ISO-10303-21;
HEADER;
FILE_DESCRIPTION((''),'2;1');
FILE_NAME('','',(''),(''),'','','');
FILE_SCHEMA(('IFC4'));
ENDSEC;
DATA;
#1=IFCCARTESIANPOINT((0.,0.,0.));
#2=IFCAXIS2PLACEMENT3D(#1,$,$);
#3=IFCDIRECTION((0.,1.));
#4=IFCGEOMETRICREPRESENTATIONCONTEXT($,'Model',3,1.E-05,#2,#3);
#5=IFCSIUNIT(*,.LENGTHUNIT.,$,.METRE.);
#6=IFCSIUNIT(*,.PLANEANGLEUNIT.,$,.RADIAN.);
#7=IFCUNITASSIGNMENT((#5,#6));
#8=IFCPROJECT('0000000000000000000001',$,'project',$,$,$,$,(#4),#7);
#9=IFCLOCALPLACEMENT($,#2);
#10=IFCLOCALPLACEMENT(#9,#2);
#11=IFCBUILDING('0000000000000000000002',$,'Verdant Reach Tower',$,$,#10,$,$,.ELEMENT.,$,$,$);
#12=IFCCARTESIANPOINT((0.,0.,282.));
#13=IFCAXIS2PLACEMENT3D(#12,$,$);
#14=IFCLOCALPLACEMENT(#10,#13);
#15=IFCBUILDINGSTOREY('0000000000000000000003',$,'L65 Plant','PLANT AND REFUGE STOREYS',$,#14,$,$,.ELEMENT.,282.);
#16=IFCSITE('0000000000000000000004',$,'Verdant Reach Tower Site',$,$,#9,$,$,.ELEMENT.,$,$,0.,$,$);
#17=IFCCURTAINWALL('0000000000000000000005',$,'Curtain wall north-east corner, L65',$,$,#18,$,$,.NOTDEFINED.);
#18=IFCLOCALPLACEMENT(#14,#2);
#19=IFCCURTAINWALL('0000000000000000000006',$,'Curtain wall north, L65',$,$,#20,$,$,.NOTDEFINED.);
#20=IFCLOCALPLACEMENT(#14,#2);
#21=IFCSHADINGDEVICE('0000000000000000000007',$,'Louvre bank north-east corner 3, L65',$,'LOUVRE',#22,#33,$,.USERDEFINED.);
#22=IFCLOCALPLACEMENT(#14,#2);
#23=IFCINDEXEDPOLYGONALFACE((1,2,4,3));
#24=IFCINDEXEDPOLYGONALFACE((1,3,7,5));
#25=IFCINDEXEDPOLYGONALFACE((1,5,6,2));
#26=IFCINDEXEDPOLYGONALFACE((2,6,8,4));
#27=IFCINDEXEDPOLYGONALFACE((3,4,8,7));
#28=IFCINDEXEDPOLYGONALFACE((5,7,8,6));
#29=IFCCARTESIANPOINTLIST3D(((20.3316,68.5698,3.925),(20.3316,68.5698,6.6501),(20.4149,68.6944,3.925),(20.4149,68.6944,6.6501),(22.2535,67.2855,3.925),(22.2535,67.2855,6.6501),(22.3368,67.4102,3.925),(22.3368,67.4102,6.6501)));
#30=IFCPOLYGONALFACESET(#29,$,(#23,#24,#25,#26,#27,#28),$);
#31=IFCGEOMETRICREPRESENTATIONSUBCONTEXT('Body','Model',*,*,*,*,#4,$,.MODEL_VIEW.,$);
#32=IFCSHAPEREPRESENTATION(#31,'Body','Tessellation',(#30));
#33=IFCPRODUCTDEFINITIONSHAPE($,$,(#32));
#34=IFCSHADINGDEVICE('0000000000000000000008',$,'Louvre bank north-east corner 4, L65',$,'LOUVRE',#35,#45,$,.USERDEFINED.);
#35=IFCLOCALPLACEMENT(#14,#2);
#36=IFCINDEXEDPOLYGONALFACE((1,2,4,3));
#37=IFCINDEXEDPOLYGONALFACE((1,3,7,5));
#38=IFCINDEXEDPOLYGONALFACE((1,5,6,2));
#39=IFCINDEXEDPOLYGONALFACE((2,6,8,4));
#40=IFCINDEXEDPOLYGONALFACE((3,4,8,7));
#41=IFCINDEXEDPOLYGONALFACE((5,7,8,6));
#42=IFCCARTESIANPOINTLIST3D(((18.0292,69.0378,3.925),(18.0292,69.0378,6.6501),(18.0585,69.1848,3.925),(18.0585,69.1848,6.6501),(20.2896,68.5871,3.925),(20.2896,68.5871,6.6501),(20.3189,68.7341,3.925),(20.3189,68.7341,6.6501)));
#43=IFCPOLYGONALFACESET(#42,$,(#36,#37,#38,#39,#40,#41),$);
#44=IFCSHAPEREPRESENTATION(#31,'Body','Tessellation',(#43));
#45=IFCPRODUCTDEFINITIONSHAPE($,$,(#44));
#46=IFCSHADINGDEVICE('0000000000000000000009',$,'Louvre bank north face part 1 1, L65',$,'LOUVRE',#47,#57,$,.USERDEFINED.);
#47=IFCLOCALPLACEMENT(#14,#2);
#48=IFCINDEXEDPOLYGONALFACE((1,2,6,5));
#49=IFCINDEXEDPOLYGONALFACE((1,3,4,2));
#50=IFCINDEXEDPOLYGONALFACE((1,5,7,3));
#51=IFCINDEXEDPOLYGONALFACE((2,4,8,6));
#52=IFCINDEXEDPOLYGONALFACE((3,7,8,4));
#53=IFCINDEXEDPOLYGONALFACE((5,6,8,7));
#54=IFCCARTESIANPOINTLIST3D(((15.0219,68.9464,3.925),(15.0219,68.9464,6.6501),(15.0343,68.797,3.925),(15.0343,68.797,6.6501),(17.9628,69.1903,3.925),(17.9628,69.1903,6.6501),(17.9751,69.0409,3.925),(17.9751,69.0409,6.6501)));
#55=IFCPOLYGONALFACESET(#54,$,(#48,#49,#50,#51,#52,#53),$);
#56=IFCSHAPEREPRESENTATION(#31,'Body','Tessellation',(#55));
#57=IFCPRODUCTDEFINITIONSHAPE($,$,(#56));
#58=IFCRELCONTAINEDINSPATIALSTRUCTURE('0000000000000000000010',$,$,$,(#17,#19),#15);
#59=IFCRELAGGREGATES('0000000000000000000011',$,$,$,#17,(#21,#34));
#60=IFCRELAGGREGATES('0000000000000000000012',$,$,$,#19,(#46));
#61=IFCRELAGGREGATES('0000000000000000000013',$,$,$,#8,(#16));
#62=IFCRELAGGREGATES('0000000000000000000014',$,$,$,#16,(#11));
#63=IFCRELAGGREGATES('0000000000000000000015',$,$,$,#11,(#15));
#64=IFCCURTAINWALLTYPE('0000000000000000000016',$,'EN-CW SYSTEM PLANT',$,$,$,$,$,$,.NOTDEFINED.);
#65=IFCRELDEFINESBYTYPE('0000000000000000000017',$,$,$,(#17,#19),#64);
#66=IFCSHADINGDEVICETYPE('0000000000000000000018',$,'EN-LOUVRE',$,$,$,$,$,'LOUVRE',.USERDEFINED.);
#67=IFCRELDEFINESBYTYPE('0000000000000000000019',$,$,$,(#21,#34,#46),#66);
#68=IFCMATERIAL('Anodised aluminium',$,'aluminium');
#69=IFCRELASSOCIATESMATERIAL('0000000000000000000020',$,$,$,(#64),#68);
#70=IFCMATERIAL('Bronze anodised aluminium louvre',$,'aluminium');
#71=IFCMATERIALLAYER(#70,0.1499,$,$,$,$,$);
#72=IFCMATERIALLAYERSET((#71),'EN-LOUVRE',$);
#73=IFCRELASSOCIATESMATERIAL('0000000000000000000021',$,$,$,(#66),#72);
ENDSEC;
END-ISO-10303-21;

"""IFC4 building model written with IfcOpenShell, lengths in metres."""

from ifc_helpers import new_model, si_unit, direction, frame, origin, origin_2d, place, context, subcontext, project, spatial, rectangle, extrude, material, layer, layer_set, type_object, element, aggregate, save


model = new_model("IFC4")

# Units and contexts
model_context = context("Model", 3, precision=1e-05, world=origin(), true_north=direction((0.0, 1.0)))
body_context = subcontext(model_context, "Body", "Model", "MODEL_VIEW")
ifc_project = project(units=[si_unit("LENGTHUNIT", "METRE"), si_unit("PLANEANGLEUNIT", "RADIAN")], contexts=[model_context])

# Site, building, storey
site_placement = place(None, origin())
site = spatial("IfcSite", under=ifc_project, at=site_placement, Name="Verdant Reach Tower Site", CompositionType="ELEMENT", RefElevation=0.0)
building_placement = place(site_placement, origin())
building = spatial("IfcBuilding", under=site, at=building_placement, Name="Verdant Reach Tower", CompositionType="ELEMENT")
storey_placement = place(building_placement, frame((0.0, 0.0, 282.0)))
storey = spatial("IfcBuildingStorey", under=building, at=storey_placement, Name="L65 Plant", Description="PLANT AND REFUGE STOREYS", CompositionType="ELEMENT", Elevation=282.0)

# Curtain walls
ifc_material_1 = material(Name="Anodised aluminium", Category="aluminium")
curtain_wall_type = type_object("IfcCurtainWallType", Name="EN-CW SYSTEM PLANT", PredefinedType="NOTDEFINED", material=ifc_material_1)
curtain_wall_1_placement = place(storey_placement, origin())
curtain_wall_1 = element("IfcCurtainWall", 1, at=curtain_wall_1_placement, inside=storey, type_object=curtain_wall_type, Name="Curtain wall north-east corner, L65", PredefinedType="NOTDEFINED")
curtain_wall_2_placement = place(storey_placement, origin())
curtain_wall_2 = element("IfcCurtainWall", 2, at=curtain_wall_2_placement, inside=storey, type_object=curtain_wall_type, Name="Curtain wall north, L65", PredefinedType="NOTDEFINED")

# Shading devices
ifc_material_2 = material(Name="Bronze anodised aluminium louvre", Category="aluminium")
ifc_layer_1 = layer(ifc_material_2, 0.1499)
ifc_layer_set_1 = layer_set([ifc_layer_1], Name="EN-LOUVRE")
shading_device_type = type_object("IfcShadingDeviceType", Name="EN-LOUVRE", ElementType="LOUVRE", PredefinedType="USERDEFINED", material=ifc_layer_set_1)
shading_device_1_placement = place(storey_placement, frame((21.3342, 67.99, 3.925), z_axis=(0.0, 0.0, 1.0), x_axis=(-0.831452, 0.555596, 0.0)))
shading_device_1 = element("IfcShadingDevice", 3, at=shading_device_1_placement, type_object=shading_device_type, Name="Louvre bank north-east corner 3, L65", ObjectType="LOUVRE", PredefinedType="USERDEFINED", context=body_context, shape_type="SweptSolid", body=[
    extrude(rectangle(XDim=2.3115, YDim=0.1499, at=origin_2d()), origin(), (0.0, 0.0, 1.0), 2.7251),
])
shading_device_2_placement = place(storey_placement, frame((19.1741, 68.886, 3.925), z_axis=(0.0, 0.0, 1.0), x_axis=(-0.980695, 0.195545, 0.0)))
shading_device_2 = element("IfcShadingDevice", 4, at=shading_device_2_placement, type_object=shading_device_type, Name="Louvre bank north-east corner 4, L65", ObjectType="LOUVRE", PredefinedType="USERDEFINED", context=body_context, shape_type="SweptSolid", body=[
    extrude(rectangle(XDim=2.3049, YDim=0.1499, at=origin_2d()), origin(), (0.0, 0.0, 1.0), 2.7251),
])
aggregate(curtain_wall_1, [shading_device_1, shading_device_2])
shading_device_3_placement = place(storey_placement, frame((16.4985, 68.9937, 3.925), z_axis=(0.0, 0.0, 1.0), x_axis=(-0.996578, -0.082664, 0.0)))
shading_device_3 = element("IfcShadingDevice", 5, at=shading_device_3_placement, type_object=shading_device_type, Name="Louvre bank north face part 1 1, L65", ObjectType="LOUVRE", PredefinedType="USERDEFINED", context=body_context, shape_type="SweptSolid", body=[
    extrude(rectangle(XDim=2.9509, YDim=0.1499, at=origin_2d()), origin(), (0.0, 0.0, 1.0), 2.7251),
])
aggregate(curtain_wall_2, [shading_device_3])

save(model, "model.ifc")
